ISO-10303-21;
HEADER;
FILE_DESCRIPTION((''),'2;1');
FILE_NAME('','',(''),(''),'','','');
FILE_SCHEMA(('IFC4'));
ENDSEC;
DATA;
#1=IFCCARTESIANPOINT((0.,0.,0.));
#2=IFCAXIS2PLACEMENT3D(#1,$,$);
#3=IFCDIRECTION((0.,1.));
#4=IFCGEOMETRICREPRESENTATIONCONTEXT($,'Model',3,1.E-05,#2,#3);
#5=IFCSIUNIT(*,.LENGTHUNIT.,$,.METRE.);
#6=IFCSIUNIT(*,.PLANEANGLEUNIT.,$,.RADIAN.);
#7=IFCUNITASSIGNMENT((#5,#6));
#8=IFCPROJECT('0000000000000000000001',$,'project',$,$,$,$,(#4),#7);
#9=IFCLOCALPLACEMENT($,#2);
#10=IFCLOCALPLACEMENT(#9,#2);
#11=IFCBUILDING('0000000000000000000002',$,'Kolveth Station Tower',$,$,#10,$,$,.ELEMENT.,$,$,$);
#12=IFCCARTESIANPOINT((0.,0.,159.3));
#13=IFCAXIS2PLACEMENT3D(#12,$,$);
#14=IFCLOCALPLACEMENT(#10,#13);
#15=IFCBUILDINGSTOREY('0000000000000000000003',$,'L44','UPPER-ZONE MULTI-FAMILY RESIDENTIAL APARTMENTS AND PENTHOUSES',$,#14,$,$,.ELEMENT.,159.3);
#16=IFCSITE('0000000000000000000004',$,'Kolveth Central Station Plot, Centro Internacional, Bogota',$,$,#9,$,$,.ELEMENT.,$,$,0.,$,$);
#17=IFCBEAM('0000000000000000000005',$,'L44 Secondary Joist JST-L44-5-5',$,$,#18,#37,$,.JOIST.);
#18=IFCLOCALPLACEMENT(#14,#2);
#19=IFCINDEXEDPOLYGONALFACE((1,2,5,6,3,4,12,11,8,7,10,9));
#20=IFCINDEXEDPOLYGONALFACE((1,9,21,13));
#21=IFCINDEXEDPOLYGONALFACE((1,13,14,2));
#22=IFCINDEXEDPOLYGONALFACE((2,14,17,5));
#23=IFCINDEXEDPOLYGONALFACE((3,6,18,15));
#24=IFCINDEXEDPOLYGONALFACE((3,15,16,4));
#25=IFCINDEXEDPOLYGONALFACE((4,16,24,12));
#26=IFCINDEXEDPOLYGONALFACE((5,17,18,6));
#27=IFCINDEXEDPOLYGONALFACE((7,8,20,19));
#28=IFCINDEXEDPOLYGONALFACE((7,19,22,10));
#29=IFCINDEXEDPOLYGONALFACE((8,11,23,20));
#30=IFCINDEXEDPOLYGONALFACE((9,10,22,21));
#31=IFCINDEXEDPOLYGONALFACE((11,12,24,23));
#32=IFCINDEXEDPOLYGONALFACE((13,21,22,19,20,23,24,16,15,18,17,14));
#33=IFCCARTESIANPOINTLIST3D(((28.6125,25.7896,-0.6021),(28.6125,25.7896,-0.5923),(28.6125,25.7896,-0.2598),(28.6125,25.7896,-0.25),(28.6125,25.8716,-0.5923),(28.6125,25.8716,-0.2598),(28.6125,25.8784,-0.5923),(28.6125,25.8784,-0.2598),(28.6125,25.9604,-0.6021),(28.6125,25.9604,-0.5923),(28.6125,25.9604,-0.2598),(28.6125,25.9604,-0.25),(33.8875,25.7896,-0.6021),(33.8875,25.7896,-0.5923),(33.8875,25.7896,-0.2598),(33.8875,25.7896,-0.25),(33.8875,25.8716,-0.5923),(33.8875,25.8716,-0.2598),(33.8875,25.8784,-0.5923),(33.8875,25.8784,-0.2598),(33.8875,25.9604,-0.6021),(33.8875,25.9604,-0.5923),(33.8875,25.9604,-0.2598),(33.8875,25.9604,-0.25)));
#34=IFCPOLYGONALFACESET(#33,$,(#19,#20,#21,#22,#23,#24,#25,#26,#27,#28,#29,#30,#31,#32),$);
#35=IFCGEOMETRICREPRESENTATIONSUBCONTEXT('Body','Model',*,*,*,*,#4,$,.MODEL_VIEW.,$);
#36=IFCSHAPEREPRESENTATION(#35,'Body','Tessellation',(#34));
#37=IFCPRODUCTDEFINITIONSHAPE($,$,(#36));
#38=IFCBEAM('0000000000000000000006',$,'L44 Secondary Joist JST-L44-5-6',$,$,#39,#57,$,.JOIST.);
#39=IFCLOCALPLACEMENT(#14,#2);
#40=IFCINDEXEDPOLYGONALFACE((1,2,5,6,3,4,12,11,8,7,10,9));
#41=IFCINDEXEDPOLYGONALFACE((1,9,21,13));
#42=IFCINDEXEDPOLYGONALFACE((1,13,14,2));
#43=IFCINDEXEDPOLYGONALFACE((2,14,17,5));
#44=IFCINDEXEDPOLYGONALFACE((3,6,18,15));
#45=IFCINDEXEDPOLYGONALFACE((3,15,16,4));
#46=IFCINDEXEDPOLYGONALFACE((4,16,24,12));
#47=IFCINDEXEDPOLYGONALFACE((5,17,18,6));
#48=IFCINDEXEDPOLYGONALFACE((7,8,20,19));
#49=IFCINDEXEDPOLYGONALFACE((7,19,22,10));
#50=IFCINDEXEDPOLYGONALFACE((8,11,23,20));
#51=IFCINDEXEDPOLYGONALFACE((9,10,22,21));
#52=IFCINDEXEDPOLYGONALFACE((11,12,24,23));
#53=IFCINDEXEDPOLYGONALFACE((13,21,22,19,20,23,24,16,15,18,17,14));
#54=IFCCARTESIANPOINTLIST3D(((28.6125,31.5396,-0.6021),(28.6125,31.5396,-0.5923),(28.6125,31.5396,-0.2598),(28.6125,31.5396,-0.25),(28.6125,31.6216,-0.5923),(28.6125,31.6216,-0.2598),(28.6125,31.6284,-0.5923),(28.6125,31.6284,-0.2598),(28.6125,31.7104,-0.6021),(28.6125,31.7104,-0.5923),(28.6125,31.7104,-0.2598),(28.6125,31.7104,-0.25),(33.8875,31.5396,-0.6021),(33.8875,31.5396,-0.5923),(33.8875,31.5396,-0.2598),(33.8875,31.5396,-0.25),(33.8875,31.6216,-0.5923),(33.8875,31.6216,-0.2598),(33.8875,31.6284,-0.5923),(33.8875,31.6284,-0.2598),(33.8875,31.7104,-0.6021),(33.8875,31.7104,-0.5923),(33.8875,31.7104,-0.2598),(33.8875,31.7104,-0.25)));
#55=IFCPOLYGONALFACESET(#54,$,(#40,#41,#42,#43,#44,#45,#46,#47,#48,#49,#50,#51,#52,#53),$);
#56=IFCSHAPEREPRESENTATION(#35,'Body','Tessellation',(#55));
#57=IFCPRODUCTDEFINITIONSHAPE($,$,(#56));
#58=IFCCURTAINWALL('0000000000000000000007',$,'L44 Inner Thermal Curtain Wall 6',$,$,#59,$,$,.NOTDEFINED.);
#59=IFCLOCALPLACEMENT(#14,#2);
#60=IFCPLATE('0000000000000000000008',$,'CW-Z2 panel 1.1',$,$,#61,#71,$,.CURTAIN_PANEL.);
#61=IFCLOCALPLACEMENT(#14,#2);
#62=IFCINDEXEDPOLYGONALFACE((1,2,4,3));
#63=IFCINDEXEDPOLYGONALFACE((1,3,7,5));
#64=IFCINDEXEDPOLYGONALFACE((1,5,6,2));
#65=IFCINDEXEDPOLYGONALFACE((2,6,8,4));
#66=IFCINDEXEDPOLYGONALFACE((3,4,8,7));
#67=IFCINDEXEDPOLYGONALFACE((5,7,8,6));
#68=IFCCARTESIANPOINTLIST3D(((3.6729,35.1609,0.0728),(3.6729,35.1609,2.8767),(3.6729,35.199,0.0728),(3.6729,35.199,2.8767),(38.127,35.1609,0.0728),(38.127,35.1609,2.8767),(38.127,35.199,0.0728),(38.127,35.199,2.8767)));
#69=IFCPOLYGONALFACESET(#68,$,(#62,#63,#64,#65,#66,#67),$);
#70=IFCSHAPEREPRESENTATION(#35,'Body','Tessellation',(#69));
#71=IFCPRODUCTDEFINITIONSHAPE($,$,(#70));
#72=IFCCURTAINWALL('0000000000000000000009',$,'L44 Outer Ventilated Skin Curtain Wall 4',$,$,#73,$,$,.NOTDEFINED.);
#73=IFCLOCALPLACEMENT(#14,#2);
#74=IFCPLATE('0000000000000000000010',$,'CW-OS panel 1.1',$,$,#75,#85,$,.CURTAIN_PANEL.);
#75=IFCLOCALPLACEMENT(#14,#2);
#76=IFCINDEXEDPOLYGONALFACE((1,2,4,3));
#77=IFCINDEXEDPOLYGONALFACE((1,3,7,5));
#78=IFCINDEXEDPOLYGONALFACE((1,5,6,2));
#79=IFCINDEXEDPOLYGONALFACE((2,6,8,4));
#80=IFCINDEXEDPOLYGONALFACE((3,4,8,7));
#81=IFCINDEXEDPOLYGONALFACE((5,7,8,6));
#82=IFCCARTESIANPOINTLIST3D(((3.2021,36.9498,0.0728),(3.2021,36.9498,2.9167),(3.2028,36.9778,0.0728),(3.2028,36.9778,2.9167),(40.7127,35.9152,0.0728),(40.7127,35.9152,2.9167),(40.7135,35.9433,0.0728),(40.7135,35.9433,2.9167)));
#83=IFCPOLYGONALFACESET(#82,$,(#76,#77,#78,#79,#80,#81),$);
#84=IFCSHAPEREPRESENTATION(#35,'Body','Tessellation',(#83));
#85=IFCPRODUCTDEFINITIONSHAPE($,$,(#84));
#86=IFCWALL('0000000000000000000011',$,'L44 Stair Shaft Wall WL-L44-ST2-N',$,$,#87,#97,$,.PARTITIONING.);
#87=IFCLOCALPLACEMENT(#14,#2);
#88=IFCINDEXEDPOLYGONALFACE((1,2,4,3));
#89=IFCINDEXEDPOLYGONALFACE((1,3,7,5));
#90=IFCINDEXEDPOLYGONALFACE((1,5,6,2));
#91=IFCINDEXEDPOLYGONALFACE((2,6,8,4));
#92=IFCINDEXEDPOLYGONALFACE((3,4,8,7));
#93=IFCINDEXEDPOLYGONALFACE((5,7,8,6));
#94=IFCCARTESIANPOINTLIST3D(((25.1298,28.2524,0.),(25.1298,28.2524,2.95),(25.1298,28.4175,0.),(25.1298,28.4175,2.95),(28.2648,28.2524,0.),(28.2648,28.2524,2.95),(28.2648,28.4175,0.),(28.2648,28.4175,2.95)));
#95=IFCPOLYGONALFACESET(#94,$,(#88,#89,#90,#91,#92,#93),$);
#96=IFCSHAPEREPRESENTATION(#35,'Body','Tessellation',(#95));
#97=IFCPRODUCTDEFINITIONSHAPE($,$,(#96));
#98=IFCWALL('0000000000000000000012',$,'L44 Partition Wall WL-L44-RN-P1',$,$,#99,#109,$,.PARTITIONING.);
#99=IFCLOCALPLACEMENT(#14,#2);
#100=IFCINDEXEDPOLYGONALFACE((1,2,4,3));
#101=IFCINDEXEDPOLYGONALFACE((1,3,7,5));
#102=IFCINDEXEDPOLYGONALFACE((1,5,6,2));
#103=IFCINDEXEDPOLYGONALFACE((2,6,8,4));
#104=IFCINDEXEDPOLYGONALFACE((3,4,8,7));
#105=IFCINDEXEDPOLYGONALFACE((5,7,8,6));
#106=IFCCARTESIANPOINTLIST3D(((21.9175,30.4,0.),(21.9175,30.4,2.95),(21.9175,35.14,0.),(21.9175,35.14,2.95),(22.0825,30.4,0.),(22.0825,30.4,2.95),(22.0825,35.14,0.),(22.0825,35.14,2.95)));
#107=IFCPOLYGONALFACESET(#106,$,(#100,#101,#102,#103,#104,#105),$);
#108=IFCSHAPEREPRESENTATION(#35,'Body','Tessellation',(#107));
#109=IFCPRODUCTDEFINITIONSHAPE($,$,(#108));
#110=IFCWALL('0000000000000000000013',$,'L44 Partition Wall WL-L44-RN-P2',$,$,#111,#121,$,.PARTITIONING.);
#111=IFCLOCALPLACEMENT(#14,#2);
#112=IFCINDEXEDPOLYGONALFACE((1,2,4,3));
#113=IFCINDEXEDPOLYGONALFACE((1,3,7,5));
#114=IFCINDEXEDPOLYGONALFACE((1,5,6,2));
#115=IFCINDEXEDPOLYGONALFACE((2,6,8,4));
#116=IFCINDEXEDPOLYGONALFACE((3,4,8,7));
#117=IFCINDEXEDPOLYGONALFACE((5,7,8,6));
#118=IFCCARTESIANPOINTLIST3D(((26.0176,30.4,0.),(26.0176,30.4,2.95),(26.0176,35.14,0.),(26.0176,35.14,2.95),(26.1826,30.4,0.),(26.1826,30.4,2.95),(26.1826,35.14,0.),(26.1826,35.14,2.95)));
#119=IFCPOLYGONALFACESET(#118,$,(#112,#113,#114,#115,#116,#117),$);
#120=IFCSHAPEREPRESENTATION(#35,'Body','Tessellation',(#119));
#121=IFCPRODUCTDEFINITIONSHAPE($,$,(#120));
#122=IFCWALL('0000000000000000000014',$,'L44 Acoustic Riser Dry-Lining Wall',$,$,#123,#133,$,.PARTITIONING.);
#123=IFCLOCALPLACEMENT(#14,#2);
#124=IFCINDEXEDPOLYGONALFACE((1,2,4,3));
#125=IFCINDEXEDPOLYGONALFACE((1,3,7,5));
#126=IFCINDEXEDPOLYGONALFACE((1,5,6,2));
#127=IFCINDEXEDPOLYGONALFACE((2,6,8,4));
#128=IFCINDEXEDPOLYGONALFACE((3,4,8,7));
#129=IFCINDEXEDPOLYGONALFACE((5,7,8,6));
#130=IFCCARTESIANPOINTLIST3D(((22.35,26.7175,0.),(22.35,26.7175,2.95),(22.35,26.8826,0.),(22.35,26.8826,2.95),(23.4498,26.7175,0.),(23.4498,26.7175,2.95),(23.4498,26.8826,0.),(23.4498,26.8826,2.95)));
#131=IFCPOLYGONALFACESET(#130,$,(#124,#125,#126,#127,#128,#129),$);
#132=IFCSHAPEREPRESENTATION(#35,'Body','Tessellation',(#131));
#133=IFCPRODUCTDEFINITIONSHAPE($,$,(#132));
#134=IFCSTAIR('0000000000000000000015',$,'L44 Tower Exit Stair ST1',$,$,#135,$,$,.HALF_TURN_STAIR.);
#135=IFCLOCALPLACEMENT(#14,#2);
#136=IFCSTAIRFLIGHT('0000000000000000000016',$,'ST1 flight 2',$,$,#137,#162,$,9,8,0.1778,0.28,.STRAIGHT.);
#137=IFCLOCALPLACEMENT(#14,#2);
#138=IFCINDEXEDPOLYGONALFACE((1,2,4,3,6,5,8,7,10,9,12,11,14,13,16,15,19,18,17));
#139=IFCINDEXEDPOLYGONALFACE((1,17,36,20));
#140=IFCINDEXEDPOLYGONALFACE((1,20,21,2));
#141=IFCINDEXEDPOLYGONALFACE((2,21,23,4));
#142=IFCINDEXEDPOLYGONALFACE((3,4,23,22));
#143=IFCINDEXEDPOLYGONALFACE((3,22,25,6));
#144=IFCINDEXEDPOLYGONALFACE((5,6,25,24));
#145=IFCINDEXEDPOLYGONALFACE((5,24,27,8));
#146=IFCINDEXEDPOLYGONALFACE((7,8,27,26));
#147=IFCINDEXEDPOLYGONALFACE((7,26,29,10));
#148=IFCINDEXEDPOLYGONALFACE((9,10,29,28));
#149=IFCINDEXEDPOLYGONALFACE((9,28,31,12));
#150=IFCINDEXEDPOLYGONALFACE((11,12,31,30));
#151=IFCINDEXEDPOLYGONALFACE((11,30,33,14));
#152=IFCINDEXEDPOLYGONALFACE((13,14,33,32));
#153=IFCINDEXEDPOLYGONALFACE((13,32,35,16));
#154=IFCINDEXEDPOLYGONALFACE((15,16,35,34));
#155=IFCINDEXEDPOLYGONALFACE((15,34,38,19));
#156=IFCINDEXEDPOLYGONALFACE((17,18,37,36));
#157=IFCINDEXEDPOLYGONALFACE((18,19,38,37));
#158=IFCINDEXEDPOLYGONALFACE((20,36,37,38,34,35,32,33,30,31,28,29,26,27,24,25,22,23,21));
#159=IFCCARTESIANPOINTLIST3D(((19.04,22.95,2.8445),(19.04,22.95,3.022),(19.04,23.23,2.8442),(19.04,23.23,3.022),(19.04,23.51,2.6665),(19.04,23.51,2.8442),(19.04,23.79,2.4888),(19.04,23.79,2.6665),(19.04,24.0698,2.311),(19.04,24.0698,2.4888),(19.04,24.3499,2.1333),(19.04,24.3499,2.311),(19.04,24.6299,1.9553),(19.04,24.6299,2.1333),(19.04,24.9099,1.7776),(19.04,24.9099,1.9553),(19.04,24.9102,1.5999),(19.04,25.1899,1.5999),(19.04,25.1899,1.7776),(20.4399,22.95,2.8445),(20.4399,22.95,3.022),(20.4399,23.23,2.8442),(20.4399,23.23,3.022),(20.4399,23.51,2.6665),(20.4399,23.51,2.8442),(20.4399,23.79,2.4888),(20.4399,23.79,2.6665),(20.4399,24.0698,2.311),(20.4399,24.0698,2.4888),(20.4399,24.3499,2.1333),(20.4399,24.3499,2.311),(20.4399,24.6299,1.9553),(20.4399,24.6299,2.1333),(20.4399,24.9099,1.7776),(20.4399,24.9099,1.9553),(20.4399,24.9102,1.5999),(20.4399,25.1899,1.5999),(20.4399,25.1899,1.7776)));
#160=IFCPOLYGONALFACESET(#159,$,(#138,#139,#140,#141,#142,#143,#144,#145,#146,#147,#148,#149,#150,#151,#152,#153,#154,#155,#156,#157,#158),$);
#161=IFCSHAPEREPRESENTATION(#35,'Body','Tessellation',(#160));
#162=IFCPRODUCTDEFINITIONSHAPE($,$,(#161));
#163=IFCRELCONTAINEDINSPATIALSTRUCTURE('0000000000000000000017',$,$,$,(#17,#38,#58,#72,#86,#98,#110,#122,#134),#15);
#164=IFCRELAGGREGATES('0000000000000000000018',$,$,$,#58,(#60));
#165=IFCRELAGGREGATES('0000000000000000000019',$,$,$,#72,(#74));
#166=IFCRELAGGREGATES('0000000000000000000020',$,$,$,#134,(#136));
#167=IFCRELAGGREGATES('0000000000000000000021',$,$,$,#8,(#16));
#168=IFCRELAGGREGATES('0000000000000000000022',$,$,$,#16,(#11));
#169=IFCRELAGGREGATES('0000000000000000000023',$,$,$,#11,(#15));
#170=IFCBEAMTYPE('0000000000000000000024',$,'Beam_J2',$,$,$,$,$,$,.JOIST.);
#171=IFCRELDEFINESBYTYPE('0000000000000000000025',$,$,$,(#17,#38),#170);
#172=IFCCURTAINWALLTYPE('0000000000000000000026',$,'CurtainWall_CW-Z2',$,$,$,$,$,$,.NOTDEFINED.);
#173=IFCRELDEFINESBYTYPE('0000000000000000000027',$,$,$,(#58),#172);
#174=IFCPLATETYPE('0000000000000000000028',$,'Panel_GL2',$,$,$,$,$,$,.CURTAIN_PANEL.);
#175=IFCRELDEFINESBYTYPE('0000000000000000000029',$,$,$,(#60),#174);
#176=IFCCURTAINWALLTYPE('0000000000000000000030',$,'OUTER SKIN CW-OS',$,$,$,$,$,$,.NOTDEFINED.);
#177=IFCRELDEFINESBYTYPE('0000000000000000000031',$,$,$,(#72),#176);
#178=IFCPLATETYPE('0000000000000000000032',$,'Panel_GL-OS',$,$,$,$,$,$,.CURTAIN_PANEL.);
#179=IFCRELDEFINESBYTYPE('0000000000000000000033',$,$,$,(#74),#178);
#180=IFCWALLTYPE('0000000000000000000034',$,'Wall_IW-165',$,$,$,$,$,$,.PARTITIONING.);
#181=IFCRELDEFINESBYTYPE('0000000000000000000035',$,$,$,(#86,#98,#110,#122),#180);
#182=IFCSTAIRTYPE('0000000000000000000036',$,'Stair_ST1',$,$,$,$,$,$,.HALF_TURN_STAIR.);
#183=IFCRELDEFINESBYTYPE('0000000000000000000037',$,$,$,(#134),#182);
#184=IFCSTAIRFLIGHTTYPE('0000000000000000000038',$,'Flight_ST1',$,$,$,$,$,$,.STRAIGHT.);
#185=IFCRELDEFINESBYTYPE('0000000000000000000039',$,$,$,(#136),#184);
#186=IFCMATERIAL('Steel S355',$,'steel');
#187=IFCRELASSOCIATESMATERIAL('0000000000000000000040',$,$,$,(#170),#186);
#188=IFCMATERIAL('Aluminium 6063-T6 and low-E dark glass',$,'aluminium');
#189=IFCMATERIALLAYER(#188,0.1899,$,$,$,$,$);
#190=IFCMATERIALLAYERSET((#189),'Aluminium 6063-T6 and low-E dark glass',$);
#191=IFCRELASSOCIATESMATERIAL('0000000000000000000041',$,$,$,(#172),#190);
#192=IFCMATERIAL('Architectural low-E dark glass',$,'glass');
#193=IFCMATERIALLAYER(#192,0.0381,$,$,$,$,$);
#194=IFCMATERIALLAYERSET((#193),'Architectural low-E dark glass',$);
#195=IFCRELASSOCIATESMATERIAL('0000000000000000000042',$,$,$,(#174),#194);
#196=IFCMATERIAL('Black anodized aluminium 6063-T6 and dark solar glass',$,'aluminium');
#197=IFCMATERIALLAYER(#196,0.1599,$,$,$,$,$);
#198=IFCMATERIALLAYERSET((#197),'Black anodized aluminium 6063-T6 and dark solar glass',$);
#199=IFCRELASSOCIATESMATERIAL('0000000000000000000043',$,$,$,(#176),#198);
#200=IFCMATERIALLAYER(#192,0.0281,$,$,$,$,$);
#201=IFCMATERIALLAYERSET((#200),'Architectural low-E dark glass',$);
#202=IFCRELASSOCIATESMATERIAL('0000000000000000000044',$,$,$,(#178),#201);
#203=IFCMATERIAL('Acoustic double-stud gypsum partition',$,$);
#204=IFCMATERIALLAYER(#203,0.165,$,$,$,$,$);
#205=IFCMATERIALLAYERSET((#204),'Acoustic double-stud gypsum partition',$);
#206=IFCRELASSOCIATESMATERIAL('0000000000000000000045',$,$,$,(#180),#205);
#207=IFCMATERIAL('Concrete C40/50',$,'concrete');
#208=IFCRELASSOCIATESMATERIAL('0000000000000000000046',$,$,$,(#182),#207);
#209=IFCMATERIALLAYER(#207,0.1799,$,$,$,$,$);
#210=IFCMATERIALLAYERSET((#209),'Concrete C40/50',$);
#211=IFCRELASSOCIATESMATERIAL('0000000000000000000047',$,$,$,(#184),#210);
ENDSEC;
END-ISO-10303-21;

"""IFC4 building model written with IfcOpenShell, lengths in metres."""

from ifc_helpers import new_model, si_unit, direction, frame, frame_2d, origin, origin_2d, place, context, subcontext, project, spatial, polyline, rectangle, i_section, outline, extrude, source, transform, mapped, material, layer, layer_set, material_profile, profile_set, type_object, element, aggregate, save


model = new_model("IFC4")

# Units and contexts
model_context = context("Model", 3, precision=1e-05, world=origin(), true_north=direction((0.0, 1.0)))
body_context = subcontext(model_context, "Body", "Model", "MODEL_VIEW")
ifc_project = project(units=[si_unit("LENGTHUNIT", "METRE"), si_unit("PLANEANGLEUNIT", "RADIAN")], contexts=[model_context])

# Site, building, storey
site_placement = place(None, origin())
site = spatial("IfcSite", under=ifc_project, at=site_placement, Name="Kolveth Central Station Plot, Centro Internacional, Bogota", CompositionType="ELEMENT", RefElevation=0.0)
building_placement = place(site_placement, origin())
building = spatial("IfcBuilding", under=site, at=building_placement, Name="Kolveth Station Tower", CompositionType="ELEMENT")
storey_placement = place(building_placement, frame((0.0, 0.0, 159.3)))
storey = spatial("IfcBuildingStorey", under=building, at=storey_placement, Name="L44", Description="UPPER-ZONE MULTI-FAMILY RESIDENTIAL APARTMENTS AND PENTHOUSES", CompositionType="ELEMENT", Elevation=159.3)

# Shared definitions
ifc_material_1 = material(Name="Steel S355", Category="steel")

# Beams
ifc_material_profile_1 = material_profile(ifc_material_1, i_section(OverallWidth=0.1709, OverallDepth=0.3521, WebThickness=0.0068, FlangeThickness=0.0098, at=origin_2d()), Name="W360x44")
ifc_profile_set_1 = profile_set([ifc_material_profile_1], Name="Steel S355")
beam_type_1 = type_object("IfcBeamType", Name="Beam_J2", PredefinedType="JOIST", material=ifc_profile_set_1)
shared_shape_1 = source(origin(), body_context, "Body", "SweptSolid", [
    extrude(i_section(OverallWidth=0.1709, OverallDepth=0.3521, WebThickness=0.0068, FlangeThickness=0.0098, at=origin_2d()), origin(), (0.0, 0.0, 1.0), 5.2749),
])
for number, where, z_axis, x_axis, name in (
    (1, (28.6125, 25.875, -0.426), (1.0, 0.0, 0.0), (0.0, 1.0, 0.0), "L44 Secondary Joist JST-L44-5-5"),
    (2, (28.6125, 31.625, -0.426), (1.0, 0.0, 0.0), (0.0, 1.0, 0.0), "L44 Secondary Joist JST-L44-5-6"),
):
    element("IfcBeam", number, at=place(storey_placement, frame(where, z_axis=z_axis, x_axis=x_axis)), inside=storey, type_object=beam_type_1, Name=name, PredefinedType="JOIST", context=body_context, shape_type="MappedRepresentation", body=[
        mapped(shared_shape_1, transform((0.0, 0.0, 0.0), x_axis=(1.0, 0.0, 0.0), y_axis=(0.0, 1.0, 0.0), z_axis=(0.0, 0.0, 1.0), scale=1.0)),
    ])

# Curtain walls, plates
ifc_material_2 = material(Name="Aluminium 6063-T6 and low-E dark glass", Category="aluminium")
ifc_layer_1 = layer(ifc_material_2, 0.1899)
ifc_layer_set_1 = layer_set([ifc_layer_1], Name="Aluminium 6063-T6 and low-E dark glass")
curtain_wall_type_1 = type_object("IfcCurtainWallType", Name="CurtainWall_CW-Z2", PredefinedType="NOTDEFINED", material=ifc_layer_set_1)
curtain_wall_1_placement = place(storey_placement, origin())
curtain_wall_1 = element("IfcCurtainWall", 3, at=curtain_wall_1_placement, inside=storey, type_object=curtain_wall_type_1, Name="L44 Inner Thermal Curtain Wall 6", PredefinedType="NOTDEFINED")
ifc_material_3 = material(Name="Architectural low-E dark glass", Category="glass")
ifc_layer_2 = layer(ifc_material_3, 0.0381)
ifc_layer_set_2 = layer_set([ifc_layer_2], Name="Architectural low-E dark glass")
plate_type_1 = type_object("IfcPlateType", Name="Panel_GL2", PredefinedType="CURTAIN_PANEL", material=ifc_layer_set_2)
shared_shape_2 = source(origin(), body_context, "Body", "SweptSolid", [
    extrude(rectangle(XDim=34.4541, YDim=0.0381, at=origin_2d()), origin(), (0.0, 0.0, 1.0), 2.804),
])
plate_1_placement = place(storey_placement, frame((20.8999, 35.1799, 0.0728), z_axis=(0.0, 0.0, 1.0), x_axis=(-1.0, 0.0, 0.0)))
plate_1 = element("IfcPlate", 4, at=plate_1_placement, type_object=plate_type_1, Name="CW-Z2 panel 1.1", PredefinedType="CURTAIN_PANEL", context=body_context, shape_type="MappedRepresentation", body=[
    mapped(shared_shape_2, transform((0.0, 0.0, 0.0), x_axis=(1.0, 0.0, 0.0), y_axis=(0.0, 1.0, 0.0), z_axis=(0.0, 0.0, 1.0), scale=1.0)),
])
aggregate(curtain_wall_1, [plate_1])
ifc_material_4 = material(Name="Black anodized aluminium 6063-T6 and dark solar glass", Category="aluminium")
ifc_layer_3 = layer(ifc_material_4, 0.1599)
ifc_layer_set_3 = layer_set([ifc_layer_3], Name="Black anodized aluminium 6063-T6 and dark solar glass")
curtain_wall_type_2 = type_object("IfcCurtainWallType", Name="OUTER SKIN CW-OS", PredefinedType="NOTDEFINED", material=ifc_layer_set_3)
curtain_wall_2_placement = place(storey_placement, origin())
curtain_wall_2 = element("IfcCurtainWall", 5, at=curtain_wall_2_placement, inside=storey, type_object=curtain_wall_type_2, Name="L44 Outer Ventilated Skin Curtain Wall 4", PredefinedType="NOTDEFINED")
ifc_layer_4 = layer(ifc_material_3, 0.0281)
ifc_layer_set_4 = layer_set([ifc_layer_4], Name="Architectural low-E dark glass")
plate_type_2 = type_object("IfcPlateType", Name="Panel_GL-OS", PredefinedType="CURTAIN_PANEL", material=ifc_layer_set_4)
shared_shape_3 = source(origin(), body_context, "Body", "SweptSolid", [
    extrude(rectangle(XDim=37.5249, YDim=0.0281, at=origin_2d()), origin(), (0.0, 0.0, 1.0), 2.844),
])
plate_2_placement = place(storey_placement, frame((21.9578, 36.4465, 0.0728), z_axis=(0.0, 0.0, 1.0), x_axis=(-0.99962, 0.027569, 0.0)))
plate_2 = element("IfcPlate", 6, at=plate_2_placement, type_object=plate_type_2, Name="CW-OS panel 1.1", PredefinedType="CURTAIN_PANEL", context=body_context, shape_type="MappedRepresentation", body=[
    mapped(shared_shape_3, transform((0.0, 0.0, 0.0), x_axis=(1.0, 0.0, 0.0), y_axis=(0.0, 1.0, 0.0), z_axis=(0.0, 0.0, 1.0), scale=1.0)),
])
aggregate(curtain_wall_2, [plate_2])

# Walls
ifc_material_5 = material(Name="Acoustic double-stud gypsum partition")
ifc_layer_5 = layer(ifc_material_5, 0.165)
ifc_layer_set_5 = layer_set([ifc_layer_5], Name="Acoustic double-stud gypsum partition")
wall_type = type_object("IfcWallType", Name="Wall_IW-165", PredefinedType="PARTITIONING", material=ifc_layer_set_5)
wall_1_placement = place(storey_placement, frame((25.1299, 28.335, 0.0), z_axis=(0.0, 0.0, 1.0), x_axis=(1.0, 0.0, 0.0)))
element("IfcWall", 7, at=wall_1_placement, inside=storey, type_object=wall_type, Name="L44 Stair Shaft Wall WL-L44-ST2-N", PredefinedType="PARTITIONING", context=body_context, shape_type="SweptSolid", body=[
    extrude(rectangle(XDim=3.135, YDim=0.165, at=frame_2d((1.5674, 0.0))), origin(), (0.0, 0.0, 1.0), 2.95),
])
for number, where, z_axis, x_axis, name in (
    (8, (22.0, 30.3999, 0.0), (0.0, 0.0, 1.0), (0.0, 1.0, 0.0), "L44 Partition Wall WL-L44-RN-P1"),
    (9, (26.1001, 30.3999, 0.0), (0.0, 0.0, 1.0), (0.0, 1.0, 0.0), "L44 Partition Wall WL-L44-RN-P2"),
):
    element("IfcWall", number, at=place(storey_placement, frame(where, z_axis=z_axis, x_axis=x_axis)), inside=storey, type_object=wall_type, Name=name, PredefinedType="PARTITIONING", context=body_context, shape_type="SweptSolid", body=[
        extrude(rectangle(XDim=4.74, YDim=0.165, at=frame_2d((2.3701, 0.0))), origin(), (0.0, 0.0, 1.0), 2.95),
    ])
wall_2_placement = place(storey_placement, frame((22.3501, 26.8, 0.0), z_axis=(0.0, 0.0, 1.0), x_axis=(1.0, 0.0, 0.0)))
element("IfcWall", 10, at=wall_2_placement, inside=storey, type_object=wall_type, Name="L44 Acoustic Riser Dry-Lining Wall", PredefinedType="PARTITIONING", context=body_context, shape_type="SweptSolid", body=[
    extrude(rectangle(XDim=1.0999, YDim=0.165, at=frame_2d((0.5498, 0.0))), origin(), (0.0, 0.0, 1.0), 2.95),
])

# Stair, stair flight
ifc_material_6 = material(Name="Concrete C40/50", Category="concrete")
stair_type_1 = type_object("IfcStairType", Name="Stair_ST1", PredefinedType="HALF_TURN_STAIR", material=ifc_material_6)
stair_1_placement = place(storey_placement, origin())
stair_1 = element("IfcStair", 11, at=stair_1_placement, inside=storey, type_object=stair_type_1, Name="L44 Tower Exit Stair ST1", PredefinedType="HALF_TURN_STAIR")
ifc_layer_6 = layer(ifc_material_6, 0.1799)
ifc_layer_set_6 = layer_set([ifc_layer_6], Name="Concrete C40/50")
stair_flight_type_1 = type_object("IfcStairFlightType", Name="Flight_ST1", PredefinedType="STRAIGHT", material=ifc_layer_set_6)
stair_flight_1_placement = place(storey_placement, frame((19.74, 25.1899, 1.5999), z_axis=(0.0, 0.0, 1.0), x_axis=(0.0, -1.0, 0.0)))
stair_flight_1 = element("IfcStairFlight", 12, at=stair_flight_1_placement, type_object=stair_flight_type_1, Name="ST1 flight 2", NumberOfRisers=9, NumberOfTreads=8, PredefinedType="STRAIGHT", RiserHeight=0.1778, TreadLength=0.28, context=body_context, shape_type="SweptSolid", body=[
    extrude(outline(polyline([(0.0, 0.0), (0.0, 0.1777), (0.28, 0.1777), (0.28, 0.3555), (0.5601, 0.3555), (0.5601, 0.5334), (0.8401, 0.5334), (0.8401, 0.7112), (1.1201, 0.7112), (1.1201, 0.8889), (1.3999, 0.8889), (1.3999, 1.0667), (1.6799, 1.0667), (1.6799, 1.2444), (1.96, 1.2444), (1.96, 1.4221), (2.24, 1.4221), (2.24, 1.6001), (2.24, 1.2446), (0.2798, 0.0), (0.0, 0.0)])), frame((0.0, 0.7, 0.0), z_axis=(0.0, -1.0, 0.0), x_axis=(1.0, 0.0, 0.0)), (0.0, 0.0, 1.0), 1.3999),
])
aggregate(stair_1, [stair_flight_1])

save(model, "model.ifc")
